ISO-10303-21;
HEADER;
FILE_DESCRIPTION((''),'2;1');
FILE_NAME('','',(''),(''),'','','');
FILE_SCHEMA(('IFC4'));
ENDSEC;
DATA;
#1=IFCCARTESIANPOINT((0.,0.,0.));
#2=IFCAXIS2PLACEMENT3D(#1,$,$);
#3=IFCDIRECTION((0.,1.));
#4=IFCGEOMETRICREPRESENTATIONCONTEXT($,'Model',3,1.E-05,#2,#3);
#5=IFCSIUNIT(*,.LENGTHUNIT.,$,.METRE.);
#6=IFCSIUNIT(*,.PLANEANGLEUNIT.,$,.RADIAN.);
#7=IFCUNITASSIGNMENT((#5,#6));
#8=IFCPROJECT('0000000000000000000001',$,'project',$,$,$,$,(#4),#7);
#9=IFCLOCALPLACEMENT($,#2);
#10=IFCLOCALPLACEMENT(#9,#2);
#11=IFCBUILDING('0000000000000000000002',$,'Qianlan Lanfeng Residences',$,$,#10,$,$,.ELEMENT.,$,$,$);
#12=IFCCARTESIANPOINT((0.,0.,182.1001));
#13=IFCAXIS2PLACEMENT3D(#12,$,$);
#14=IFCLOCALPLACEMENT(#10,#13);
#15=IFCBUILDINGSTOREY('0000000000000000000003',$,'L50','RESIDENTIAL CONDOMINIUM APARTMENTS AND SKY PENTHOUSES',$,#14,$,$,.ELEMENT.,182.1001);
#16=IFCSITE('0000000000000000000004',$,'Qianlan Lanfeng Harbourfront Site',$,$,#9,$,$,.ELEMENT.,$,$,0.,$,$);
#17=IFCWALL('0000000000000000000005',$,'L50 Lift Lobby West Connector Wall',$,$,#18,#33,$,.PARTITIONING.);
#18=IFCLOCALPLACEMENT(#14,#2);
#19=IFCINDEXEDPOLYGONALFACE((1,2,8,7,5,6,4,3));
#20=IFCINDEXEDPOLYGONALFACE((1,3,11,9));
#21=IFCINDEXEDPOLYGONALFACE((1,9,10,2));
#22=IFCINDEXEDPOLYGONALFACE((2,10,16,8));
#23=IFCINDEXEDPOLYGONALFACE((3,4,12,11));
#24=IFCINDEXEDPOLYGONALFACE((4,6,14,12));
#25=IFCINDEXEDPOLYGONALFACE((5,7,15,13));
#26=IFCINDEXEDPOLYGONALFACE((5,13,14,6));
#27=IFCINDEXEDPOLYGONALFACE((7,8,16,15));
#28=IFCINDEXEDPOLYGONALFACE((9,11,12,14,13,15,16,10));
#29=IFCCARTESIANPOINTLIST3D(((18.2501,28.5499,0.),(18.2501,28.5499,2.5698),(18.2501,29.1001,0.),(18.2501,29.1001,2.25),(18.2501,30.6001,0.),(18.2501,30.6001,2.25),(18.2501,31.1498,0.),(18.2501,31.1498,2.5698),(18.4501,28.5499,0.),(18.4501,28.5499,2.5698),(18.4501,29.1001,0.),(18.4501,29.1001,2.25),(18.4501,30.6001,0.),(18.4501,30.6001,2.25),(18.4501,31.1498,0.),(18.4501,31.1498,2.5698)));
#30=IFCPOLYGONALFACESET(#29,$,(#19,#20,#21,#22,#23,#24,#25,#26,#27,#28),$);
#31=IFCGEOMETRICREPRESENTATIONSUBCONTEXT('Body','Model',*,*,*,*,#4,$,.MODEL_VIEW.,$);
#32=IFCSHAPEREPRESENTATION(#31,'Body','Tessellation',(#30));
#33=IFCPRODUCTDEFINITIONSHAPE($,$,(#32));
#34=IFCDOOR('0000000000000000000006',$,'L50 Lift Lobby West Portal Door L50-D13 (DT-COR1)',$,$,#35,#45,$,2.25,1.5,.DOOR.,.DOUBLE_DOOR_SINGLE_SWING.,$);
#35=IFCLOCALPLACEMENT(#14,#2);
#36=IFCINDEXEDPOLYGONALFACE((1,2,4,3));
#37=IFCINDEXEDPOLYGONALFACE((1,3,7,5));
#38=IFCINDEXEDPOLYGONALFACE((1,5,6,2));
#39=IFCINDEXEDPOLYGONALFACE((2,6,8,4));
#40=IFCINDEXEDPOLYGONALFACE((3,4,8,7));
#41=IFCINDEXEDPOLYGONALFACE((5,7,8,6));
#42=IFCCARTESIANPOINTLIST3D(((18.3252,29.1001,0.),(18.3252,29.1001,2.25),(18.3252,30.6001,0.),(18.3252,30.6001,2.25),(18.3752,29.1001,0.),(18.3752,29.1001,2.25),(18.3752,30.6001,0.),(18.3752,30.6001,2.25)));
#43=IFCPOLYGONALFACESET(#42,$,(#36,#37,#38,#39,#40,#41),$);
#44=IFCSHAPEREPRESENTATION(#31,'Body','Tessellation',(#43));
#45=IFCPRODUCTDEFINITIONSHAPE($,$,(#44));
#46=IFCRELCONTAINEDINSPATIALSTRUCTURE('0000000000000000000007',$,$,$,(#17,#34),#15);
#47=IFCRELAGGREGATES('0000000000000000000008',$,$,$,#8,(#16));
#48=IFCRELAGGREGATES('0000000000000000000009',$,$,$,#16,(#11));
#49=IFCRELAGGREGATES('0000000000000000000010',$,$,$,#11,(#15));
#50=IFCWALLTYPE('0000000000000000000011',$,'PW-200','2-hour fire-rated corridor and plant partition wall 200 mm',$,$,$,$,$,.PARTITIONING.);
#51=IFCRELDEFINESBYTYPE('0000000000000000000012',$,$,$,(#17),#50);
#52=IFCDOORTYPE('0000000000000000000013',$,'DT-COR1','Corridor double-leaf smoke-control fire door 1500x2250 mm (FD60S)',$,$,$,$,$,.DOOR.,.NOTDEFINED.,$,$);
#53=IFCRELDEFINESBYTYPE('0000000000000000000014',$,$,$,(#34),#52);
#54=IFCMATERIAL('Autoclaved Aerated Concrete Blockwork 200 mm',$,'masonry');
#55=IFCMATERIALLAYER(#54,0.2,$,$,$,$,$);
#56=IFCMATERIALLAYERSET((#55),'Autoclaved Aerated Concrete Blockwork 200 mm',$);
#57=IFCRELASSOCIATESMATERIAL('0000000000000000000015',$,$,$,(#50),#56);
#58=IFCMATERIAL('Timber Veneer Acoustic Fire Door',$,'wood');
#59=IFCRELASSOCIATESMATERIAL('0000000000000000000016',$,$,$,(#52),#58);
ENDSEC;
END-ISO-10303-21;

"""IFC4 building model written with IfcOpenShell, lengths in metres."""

from ifc_helpers import new_model, si_unit, direction, frame, frame_2d, origin, place, context, subcontext, project, spatial, rectangle, extrude, material, layer, layer_set, type_object, element, fill, save


model = new_model("IFC4")

# Units and contexts
model_context = context("Model", 3, precision=1e-05, world=origin(), true_north=direction((0.0, 1.0)))
body_context = subcontext(model_context, "Body", "Model", "MODEL_VIEW")
ifc_project = project(units=[si_unit("LENGTHUNIT", "METRE"), si_unit("PLANEANGLEUNIT", "RADIAN")], contexts=[model_context])

# Site, building, storey
site_placement = place(None, origin())
site = spatial("IfcSite", under=ifc_project, at=site_placement, Name="Qianlan Lanfeng Harbourfront Site", CompositionType="ELEMENT", RefElevation=0.0)
building_placement = place(site_placement, origin())
building = spatial("IfcBuilding", under=site, at=building_placement, Name="Qianlan Lanfeng Residences", CompositionType="ELEMENT")
storey_placement = place(building_placement, frame((0.0, 0.0, 182.1001)))
storey = spatial("IfcBuildingStorey", under=building, at=storey_placement, Name="L50", Description="RESIDENTIAL CONDOMINIUM APARTMENTS AND SKY PENTHOUSES", CompositionType="ELEMENT", Elevation=182.1001)

# Wall, opening, door
ifc_material_1 = material(Name="Autoclaved Aerated Concrete Blockwork 200 mm", Category="masonry")
ifc_layer_1 = layer(ifc_material_1, 0.2)
ifc_layer_set_1 = layer_set([ifc_layer_1], Name="Autoclaved Aerated Concrete Blockwork 200 mm")
wall_type_1 = type_object("IfcWallType", Name="PW-200", Description="2-hour fire-rated corridor and plant partition wall 200 mm", PredefinedType="PARTITIONING", material=ifc_layer_set_1)
wall_1_placement = place(storey_placement, frame((18.3501, 28.55, 0.0), z_axis=(0.0, 0.0, 1.0), x_axis=(0.0, 1.0, 0.0)))
wall_1 = element("IfcWall", 1, at=wall_1_placement, inside=storey, type_object=wall_type_1, Name="L50 Lift Lobby West Connector Wall", PredefinedType="PARTITIONING", context=body_context, shape_type="SweptSolid", body=[
    extrude(rectangle(XDim=2.5999, YDim=0.2, at=frame_2d((1.2998, 0.0))), origin(), (0.0, 0.0, 1.0), 2.5698),
])
opening_1_placement = place(wall_1_placement, frame((0.55, 0.0, 0.0)))
opening_1 = element("IfcOpeningElement", 2, at=opening_1_placement, cuts=wall_1, PredefinedType="OPENING", context=body_context, shape_type="SweptSolid", body=[
    extrude(rectangle(XDim=1.5, YDim=2.25, at=frame_2d((0.75, 1.125))), frame((0.0, 0.1099, 0.0), z_axis=(0.0, -1.0, 0.0), x_axis=(1.0, 0.0, 0.0)), (0.0, 0.0, 1.0), 0.22),
])
ifc_material_2 = material(Name="Timber Veneer Acoustic Fire Door", Category="wood")
door_type_1 = type_object("IfcDoorType", Name="DT-COR1", Description="Corridor double-leaf smoke-control fire door 1500x2250 mm (FD60S)", OperationType="NOTDEFINED", PredefinedType="DOOR", material=ifc_material_2)
door_1_placement = place(opening_1_placement, origin())
door_1 = element("IfcDoor", 3, at=door_1_placement, inside=storey, type_object=door_type_1, Name="L50 Lift Lobby West Portal Door L50-D13 (DT-COR1)", OperationType="DOUBLE_DOOR_SINGLE_SWING", OverallHeight=2.25, OverallWidth=1.5, PredefinedType="DOOR", context=body_context, shape_type="SweptSolid", body=[
    extrude(rectangle(XDim=1.5, YDim=2.25, at=frame_2d((0.75, 1.125))), frame((0.0, 0.0249, 0.0), z_axis=(0.0, -1.0, 0.0), x_axis=(1.0, 0.0, 0.0)), (0.0, 0.0, 1.0), 0.05),
])
fill(opening_1, door_1)

save(model, "model.ifc")
